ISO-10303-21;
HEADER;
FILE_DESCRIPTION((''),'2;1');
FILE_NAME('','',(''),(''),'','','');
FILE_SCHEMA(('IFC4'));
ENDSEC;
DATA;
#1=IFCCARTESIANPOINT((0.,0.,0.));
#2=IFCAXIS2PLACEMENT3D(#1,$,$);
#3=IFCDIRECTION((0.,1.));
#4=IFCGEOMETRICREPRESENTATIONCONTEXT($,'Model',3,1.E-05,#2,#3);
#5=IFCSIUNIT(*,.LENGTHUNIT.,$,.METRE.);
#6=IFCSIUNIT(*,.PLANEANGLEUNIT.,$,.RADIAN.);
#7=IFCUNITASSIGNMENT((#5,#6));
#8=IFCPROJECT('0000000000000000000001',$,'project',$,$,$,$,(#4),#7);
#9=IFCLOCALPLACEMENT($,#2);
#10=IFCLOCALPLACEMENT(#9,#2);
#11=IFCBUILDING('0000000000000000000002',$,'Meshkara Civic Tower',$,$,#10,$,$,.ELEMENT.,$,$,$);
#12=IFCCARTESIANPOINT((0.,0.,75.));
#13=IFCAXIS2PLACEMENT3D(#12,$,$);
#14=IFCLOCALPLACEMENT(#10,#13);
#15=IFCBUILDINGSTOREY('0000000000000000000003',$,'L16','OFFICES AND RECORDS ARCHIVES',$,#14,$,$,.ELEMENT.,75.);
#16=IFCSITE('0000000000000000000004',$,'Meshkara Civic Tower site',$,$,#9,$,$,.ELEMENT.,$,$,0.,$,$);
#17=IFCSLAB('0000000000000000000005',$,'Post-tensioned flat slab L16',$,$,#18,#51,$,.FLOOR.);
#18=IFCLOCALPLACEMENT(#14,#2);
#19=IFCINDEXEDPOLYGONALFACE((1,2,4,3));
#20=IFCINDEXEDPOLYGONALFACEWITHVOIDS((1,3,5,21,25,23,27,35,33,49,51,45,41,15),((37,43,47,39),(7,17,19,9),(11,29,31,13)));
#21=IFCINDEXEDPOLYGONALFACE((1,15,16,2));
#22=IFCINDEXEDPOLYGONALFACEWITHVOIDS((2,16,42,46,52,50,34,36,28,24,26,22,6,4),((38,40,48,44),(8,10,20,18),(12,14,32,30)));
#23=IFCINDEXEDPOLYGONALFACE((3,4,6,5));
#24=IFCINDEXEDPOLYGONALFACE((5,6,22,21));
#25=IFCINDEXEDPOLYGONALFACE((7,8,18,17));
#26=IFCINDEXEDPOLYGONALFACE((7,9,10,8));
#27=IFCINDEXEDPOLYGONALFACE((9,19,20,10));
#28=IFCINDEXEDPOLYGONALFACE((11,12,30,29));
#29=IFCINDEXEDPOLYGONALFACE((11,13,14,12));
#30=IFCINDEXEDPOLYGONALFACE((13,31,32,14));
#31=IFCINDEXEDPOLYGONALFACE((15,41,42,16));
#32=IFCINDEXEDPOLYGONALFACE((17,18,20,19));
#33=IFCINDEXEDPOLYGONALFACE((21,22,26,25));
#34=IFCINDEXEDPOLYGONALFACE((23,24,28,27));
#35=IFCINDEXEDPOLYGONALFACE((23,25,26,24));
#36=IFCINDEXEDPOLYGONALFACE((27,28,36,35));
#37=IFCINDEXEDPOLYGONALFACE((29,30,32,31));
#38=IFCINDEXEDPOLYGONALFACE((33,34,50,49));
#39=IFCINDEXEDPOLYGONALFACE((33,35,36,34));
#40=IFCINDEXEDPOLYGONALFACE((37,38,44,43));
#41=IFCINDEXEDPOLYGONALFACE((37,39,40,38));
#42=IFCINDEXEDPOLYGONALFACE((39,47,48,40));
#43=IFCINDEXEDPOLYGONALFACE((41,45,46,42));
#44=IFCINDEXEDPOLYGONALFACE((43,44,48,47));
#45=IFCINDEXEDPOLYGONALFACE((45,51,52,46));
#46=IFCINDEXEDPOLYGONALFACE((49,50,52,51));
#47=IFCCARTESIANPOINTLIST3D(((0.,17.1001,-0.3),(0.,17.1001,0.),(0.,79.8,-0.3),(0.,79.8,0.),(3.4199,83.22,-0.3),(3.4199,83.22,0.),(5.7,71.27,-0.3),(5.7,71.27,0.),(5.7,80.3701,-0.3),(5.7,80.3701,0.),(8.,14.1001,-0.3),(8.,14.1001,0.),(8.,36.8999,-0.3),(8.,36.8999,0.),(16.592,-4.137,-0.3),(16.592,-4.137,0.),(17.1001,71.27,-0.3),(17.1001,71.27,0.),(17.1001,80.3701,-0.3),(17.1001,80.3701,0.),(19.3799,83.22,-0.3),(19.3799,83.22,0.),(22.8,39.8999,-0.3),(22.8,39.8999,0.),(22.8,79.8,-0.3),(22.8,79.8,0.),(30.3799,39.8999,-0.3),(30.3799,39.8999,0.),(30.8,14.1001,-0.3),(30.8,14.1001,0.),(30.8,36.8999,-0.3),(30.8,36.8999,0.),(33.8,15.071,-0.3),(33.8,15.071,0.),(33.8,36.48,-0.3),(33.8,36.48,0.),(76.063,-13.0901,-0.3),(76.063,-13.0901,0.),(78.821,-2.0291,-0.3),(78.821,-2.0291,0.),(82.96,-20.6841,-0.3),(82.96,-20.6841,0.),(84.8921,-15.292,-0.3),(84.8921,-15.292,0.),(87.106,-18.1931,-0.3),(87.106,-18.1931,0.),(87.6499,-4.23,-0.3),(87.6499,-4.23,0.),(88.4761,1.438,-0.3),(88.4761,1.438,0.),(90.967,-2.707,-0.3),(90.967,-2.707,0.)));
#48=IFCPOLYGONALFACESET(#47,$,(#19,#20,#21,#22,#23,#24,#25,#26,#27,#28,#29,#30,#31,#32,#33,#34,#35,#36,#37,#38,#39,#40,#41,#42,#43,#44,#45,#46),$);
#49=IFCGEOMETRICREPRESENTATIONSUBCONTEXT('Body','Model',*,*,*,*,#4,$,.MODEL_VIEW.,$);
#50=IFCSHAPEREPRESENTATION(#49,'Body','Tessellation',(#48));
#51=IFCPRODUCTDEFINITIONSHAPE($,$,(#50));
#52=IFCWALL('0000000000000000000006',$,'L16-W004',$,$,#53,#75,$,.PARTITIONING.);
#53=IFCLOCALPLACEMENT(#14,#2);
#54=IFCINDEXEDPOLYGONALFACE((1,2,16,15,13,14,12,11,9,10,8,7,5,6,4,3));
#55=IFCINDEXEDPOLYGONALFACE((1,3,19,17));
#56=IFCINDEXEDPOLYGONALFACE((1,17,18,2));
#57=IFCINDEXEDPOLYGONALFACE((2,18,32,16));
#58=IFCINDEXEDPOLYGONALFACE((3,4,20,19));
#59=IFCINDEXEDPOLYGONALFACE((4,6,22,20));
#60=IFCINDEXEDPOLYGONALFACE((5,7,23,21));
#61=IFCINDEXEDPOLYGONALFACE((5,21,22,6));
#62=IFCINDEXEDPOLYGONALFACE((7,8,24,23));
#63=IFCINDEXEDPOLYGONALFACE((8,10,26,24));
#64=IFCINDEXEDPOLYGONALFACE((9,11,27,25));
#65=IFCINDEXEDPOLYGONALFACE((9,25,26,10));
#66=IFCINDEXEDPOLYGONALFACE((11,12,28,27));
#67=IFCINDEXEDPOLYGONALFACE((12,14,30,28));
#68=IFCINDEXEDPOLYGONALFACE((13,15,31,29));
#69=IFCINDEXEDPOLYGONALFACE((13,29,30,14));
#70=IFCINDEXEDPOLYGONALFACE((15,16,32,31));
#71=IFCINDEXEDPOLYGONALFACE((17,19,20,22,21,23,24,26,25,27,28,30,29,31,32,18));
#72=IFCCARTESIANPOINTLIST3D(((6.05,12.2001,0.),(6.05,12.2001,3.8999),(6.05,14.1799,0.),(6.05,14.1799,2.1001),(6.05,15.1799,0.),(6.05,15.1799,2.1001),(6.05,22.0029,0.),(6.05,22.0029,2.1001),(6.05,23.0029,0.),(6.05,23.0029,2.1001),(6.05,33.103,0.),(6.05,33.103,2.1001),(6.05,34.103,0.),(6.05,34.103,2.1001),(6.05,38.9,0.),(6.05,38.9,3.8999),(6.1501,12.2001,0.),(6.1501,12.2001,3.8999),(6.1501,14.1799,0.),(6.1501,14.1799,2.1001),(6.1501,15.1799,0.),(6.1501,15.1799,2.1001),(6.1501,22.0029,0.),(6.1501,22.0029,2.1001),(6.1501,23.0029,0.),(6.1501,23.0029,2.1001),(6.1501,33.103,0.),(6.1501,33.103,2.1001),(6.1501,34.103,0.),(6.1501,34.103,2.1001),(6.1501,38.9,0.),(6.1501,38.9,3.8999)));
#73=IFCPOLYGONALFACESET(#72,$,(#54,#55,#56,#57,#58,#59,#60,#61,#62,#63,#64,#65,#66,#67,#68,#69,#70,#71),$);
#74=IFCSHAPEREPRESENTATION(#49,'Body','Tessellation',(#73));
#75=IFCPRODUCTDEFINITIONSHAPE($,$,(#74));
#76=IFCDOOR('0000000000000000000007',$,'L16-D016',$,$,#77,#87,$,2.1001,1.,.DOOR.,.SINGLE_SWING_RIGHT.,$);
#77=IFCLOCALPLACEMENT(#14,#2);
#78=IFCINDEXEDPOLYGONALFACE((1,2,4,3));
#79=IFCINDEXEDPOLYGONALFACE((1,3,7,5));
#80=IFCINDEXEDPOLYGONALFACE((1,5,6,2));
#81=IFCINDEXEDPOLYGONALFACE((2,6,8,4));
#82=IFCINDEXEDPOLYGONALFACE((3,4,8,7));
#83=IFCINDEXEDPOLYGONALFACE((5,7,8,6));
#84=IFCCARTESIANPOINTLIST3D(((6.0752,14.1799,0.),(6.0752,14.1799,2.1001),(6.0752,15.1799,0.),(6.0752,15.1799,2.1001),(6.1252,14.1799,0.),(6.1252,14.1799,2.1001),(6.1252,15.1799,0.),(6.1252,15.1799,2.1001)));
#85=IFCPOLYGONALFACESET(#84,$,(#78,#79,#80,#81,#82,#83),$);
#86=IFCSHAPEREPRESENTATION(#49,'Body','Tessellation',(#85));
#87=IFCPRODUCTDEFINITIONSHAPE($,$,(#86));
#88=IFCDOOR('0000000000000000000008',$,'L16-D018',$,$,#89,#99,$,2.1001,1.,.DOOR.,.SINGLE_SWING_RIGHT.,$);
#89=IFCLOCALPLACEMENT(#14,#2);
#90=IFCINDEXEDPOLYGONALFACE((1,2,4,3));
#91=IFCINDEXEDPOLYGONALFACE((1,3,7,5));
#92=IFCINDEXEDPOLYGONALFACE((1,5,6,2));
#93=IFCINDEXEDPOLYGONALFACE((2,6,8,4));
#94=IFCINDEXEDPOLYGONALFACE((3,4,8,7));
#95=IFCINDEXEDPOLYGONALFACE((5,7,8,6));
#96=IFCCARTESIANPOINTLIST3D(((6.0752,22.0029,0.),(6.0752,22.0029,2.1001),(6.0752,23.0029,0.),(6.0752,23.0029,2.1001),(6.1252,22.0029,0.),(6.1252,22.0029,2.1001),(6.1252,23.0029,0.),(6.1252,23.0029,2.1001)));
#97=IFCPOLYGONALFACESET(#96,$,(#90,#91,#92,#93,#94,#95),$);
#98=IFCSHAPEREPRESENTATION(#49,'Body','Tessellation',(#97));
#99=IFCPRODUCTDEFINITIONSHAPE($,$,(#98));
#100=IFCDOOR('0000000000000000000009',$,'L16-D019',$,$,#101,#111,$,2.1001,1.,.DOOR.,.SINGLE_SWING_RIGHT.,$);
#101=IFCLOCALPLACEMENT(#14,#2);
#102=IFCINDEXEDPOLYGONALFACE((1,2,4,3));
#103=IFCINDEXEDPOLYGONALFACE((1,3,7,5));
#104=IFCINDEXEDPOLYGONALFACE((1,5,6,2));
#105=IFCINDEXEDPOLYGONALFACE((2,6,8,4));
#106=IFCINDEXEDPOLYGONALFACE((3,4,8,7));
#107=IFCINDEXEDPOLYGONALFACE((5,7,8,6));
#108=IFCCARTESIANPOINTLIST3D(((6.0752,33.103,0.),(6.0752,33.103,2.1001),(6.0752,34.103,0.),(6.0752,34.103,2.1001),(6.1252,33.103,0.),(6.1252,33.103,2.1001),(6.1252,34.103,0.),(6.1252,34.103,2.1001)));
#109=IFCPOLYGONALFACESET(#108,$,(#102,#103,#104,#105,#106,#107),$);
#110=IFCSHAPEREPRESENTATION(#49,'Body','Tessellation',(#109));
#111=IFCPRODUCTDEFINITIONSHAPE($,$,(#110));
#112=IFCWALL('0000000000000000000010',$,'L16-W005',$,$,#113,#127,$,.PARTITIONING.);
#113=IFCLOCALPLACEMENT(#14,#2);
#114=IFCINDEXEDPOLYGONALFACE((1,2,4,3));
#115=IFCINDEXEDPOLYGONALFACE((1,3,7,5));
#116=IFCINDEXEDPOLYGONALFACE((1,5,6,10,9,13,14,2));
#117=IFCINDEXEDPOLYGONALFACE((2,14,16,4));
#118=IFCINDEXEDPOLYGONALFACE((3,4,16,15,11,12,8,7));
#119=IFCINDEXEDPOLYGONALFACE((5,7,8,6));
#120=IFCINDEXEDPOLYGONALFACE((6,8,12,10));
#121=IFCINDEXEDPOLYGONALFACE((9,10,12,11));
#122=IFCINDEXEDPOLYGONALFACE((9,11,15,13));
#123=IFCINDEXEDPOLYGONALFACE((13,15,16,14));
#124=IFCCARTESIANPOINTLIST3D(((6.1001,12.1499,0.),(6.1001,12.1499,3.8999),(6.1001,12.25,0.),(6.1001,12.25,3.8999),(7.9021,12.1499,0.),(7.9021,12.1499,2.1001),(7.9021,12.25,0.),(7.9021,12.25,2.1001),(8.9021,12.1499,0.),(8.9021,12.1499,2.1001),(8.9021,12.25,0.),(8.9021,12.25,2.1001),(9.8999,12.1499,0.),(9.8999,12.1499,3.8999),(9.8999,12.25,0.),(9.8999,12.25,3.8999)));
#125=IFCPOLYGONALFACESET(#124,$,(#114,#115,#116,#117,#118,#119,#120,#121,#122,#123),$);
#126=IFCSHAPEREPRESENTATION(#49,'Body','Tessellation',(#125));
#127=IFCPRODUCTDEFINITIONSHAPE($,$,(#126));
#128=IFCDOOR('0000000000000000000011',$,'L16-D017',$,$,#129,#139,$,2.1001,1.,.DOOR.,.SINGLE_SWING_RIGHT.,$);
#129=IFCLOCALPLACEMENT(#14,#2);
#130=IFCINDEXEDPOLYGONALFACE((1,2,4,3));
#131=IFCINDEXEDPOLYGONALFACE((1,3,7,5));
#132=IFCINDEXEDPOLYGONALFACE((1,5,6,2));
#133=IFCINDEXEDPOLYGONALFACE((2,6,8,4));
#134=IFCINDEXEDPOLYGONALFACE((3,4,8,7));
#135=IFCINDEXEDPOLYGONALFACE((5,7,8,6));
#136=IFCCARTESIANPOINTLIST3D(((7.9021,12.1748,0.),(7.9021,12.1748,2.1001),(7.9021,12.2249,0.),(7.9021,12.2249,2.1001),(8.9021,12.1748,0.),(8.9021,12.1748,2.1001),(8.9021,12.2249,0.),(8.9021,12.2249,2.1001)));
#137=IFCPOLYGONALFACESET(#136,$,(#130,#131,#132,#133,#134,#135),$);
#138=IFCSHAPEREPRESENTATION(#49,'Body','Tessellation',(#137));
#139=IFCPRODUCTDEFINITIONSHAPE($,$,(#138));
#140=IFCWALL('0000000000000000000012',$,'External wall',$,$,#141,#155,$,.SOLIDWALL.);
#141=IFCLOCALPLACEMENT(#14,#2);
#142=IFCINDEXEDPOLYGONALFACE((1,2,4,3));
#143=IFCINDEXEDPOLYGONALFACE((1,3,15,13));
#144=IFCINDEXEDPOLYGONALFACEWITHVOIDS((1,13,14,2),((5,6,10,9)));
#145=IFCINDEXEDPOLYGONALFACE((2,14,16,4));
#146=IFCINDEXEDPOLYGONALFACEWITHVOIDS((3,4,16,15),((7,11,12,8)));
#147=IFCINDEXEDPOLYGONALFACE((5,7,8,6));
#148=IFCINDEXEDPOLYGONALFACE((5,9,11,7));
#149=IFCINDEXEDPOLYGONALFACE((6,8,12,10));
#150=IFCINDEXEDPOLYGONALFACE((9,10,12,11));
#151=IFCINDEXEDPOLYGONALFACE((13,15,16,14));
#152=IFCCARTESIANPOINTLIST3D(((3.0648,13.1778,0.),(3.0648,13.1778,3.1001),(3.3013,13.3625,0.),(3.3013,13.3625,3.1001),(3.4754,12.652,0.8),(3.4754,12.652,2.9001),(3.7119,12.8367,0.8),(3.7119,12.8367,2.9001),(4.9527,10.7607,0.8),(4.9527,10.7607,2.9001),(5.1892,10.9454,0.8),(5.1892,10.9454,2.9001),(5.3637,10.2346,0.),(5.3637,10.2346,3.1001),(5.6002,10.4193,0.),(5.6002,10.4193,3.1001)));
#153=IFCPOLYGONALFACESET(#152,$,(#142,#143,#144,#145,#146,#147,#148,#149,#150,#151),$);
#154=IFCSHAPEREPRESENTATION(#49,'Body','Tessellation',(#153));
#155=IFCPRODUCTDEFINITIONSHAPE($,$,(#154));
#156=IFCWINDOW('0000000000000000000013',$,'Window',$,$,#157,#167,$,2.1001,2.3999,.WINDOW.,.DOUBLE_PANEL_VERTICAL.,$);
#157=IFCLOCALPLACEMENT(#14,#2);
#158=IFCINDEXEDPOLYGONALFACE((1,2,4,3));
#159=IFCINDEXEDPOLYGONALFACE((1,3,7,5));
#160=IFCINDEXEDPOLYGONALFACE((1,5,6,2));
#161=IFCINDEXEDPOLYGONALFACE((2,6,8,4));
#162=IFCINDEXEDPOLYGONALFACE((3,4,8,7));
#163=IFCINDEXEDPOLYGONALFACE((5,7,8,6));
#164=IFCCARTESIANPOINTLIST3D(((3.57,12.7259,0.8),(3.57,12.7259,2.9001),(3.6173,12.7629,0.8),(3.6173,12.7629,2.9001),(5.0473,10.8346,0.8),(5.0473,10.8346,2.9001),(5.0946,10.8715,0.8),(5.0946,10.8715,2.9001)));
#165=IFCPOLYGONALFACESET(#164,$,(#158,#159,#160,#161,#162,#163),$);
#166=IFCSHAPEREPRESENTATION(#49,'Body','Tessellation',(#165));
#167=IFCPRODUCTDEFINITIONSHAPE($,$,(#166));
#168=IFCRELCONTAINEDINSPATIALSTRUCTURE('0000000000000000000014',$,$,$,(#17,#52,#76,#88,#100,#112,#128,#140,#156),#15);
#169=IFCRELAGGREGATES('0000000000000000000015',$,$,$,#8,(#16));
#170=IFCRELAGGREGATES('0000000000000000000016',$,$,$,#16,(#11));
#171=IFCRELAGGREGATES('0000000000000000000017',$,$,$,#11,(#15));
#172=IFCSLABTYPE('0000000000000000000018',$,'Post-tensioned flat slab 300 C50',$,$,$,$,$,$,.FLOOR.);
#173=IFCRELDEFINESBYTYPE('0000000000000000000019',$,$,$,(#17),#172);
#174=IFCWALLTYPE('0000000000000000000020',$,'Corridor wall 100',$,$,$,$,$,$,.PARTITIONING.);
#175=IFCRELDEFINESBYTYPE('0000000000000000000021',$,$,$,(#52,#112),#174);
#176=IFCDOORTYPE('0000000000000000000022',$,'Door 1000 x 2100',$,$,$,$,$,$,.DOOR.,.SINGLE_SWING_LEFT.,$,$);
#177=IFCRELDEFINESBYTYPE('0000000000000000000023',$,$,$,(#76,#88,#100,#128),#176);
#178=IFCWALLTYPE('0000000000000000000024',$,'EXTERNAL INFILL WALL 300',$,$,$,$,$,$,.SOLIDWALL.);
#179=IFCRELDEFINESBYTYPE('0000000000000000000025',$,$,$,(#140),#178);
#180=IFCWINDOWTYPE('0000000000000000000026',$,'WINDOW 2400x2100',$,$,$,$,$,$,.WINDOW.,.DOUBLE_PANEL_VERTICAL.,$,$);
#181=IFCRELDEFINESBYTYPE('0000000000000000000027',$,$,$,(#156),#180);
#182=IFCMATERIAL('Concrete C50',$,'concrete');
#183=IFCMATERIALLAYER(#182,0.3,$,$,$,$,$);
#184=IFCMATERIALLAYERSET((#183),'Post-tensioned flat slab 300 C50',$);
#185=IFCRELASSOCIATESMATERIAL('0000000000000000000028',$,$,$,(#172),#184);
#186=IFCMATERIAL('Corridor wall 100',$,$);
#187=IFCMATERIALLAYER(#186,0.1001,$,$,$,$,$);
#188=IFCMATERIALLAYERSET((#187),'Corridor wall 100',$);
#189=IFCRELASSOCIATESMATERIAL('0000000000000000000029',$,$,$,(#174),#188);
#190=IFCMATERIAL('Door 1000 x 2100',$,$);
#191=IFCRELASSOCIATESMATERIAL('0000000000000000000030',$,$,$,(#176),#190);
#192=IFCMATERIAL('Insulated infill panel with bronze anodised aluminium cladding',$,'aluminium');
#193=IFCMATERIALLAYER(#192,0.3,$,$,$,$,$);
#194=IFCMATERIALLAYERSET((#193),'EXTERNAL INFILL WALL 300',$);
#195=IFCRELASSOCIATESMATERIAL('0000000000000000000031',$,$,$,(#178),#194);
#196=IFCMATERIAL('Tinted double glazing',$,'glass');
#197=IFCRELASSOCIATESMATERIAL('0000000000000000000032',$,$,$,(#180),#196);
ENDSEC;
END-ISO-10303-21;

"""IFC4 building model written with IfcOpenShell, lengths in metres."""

from ifc_helpers import new_model, si_unit, direction, frame, frame_2d, origin, place, context, subcontext, project, spatial, polyline, rectangle, outline, extrude, material, layer, layer_set, type_object, element, fill, save


model = new_model("IFC4")

# Units and contexts
model_context = context("Model", 3, precision=1e-05, world=origin(), true_north=direction((0.0, 1.0)))
body_context = subcontext(model_context, "Body", "Model", "MODEL_VIEW")
ifc_project = project(units=[si_unit("LENGTHUNIT", "METRE"), si_unit("PLANEANGLEUNIT", "RADIAN")], contexts=[model_context])

# Site, building, storey
site_placement = place(None, origin())
site = spatial("IfcSite", under=ifc_project, at=site_placement, Name="Meshkara Civic Tower site", CompositionType="ELEMENT", RefElevation=0.0)
building_placement = place(site_placement, origin())
building = spatial("IfcBuilding", under=site, at=building_placement, Name="Meshkara Civic Tower", CompositionType="ELEMENT")
storey_placement = place(building_placement, frame((0.0, 0.0, 75.0)))
storey = spatial("IfcBuildingStorey", under=building, at=storey_placement, Name="L16", Description="OFFICES AND RECORDS ARCHIVES", CompositionType="ELEMENT", Elevation=75.0)

# Slab
ifc_material_1 = material(Name="Concrete C50", Category="concrete")
ifc_layer_1 = layer(ifc_material_1, 0.3)
ifc_layer_set_1 = layer_set([ifc_layer_1], Name="Post-tensioned flat slab 300 C50")
slab_type_1 = type_object("IfcSlabType", Name="Post-tensioned flat slab 300 C50", PredefinedType="FLOOR", material=ifc_layer_set_1)
slab_1_placement = place(storey_placement, frame((0.0, 0.0, -0.3)))
element("IfcSlab", 1, at=slab_1_placement, inside=storey, type_object=slab_type_1, Name="Post-tensioned flat slab L16", PredefinedType="FLOOR", context=body_context, shape_type="SweptSolid", body=[
    extrude(outline(polyline([(87.106, -18.1931), (82.96, -20.6841), (16.592, -4.137), (0.0, 17.1001), (0.0, 79.8), (3.4199, 83.22), (19.3799, 83.22), (22.8, 79.8), (22.8, 39.8999), (30.3799, 39.8999), (33.8, 36.48), (33.8, 15.071), (88.4761, 1.438), (90.967, -2.707), (87.106, -18.1931)]), holes=[polyline([(84.8921, -15.292), (87.6499, -4.23), (78.821, -2.0291), (76.063, -13.0901), (84.8921, -15.292)]), polyline([(8.0, 14.1001), (30.8, 14.1001), (30.8, 36.8999), (8.0, 36.8999), (8.0, 14.1001)]), polyline([(5.7, 80.3701), (5.7, 71.27), (17.1001, 71.27), (17.1001, 80.3701), (5.7, 80.3701)])]), origin(), (0.0, 0.0, 1.0), 0.3),
])

# Wall, openings, doors
ifc_material_2 = material(Name="Corridor wall 100")
ifc_layer_2 = layer(ifc_material_2, 0.1001)
ifc_layer_set_2 = layer_set([ifc_layer_2], Name="Corridor wall 100")
wall_type_1 = type_object("IfcWallType", Name="Corridor wall 100", PredefinedType="PARTITIONING", material=ifc_layer_set_2)
wall_1_placement = place(storey_placement, frame((6.1001, 12.2, 0.0), z_axis=(0.0, 0.0, 1.0), x_axis=(0.0, 1.0, 0.0)))
wall_1 = element("IfcWall", 2, at=wall_1_placement, inside=storey, type_object=wall_type_1, Name="L16-W004", PredefinedType="PARTITIONING", context=body_context, shape_type="SweptSolid", body=[
    extrude(rectangle(XDim=26.7, YDim=0.1001, at=frame_2d((13.3501, 0.0))), origin(), (0.0, 0.0, 1.0), 3.8999),
])
opening_1_placement = place(wall_1_placement, frame((1.98, 0.0, 0.0)))
opening_1 = element("IfcOpeningElement", 3, at=opening_1_placement, cuts=wall_1, PredefinedType="OPENING", context=body_context, shape_type="SweptSolid", body=[
    extrude(rectangle(XDim=1.0, YDim=2.1001, at=frame_2d((0.5, 1.05))), frame((0.0, 0.0601, 0.0), z_axis=(0.0, -1.0, 0.0), x_axis=(1.0, 0.0, 0.0)), (0.0, 0.0, 1.0), 0.1201),
])
opening_2_placement = place(wall_1_placement, frame((9.803, 0.0, 0.0)))
opening_2 = element("IfcOpeningElement", 4, at=opening_2_placement, cuts=wall_1, PredefinedType="OPENING", context=body_context, shape_type="SweptSolid", body=[
    extrude(rectangle(XDim=1.0, YDim=2.1001, at=frame_2d((0.5, 1.05))), frame((0.0, 0.0601, 0.0), z_axis=(0.0, -1.0, 0.0), x_axis=(1.0, 0.0, 0.0)), (0.0, 0.0, 1.0), 0.1201),
])
opening_3_placement = place(wall_1_placement, frame((20.9031, 0.0, 0.0)))
opening_3 = element("IfcOpeningElement", 5, at=opening_3_placement, cuts=wall_1, PredefinedType="OPENING", context=body_context, shape_type="SweptSolid", body=[
    extrude(rectangle(XDim=1.0, YDim=2.1001, at=frame_2d((0.5, 1.05))), frame((0.0, 0.0601, 0.0), z_axis=(0.0, -1.0, 0.0), x_axis=(1.0, 0.0, 0.0)), (0.0, 0.0, 1.0), 0.1201),
])
ifc_material_3 = material(Name="Door 1000 x 2100")
door_type = type_object("IfcDoorType", Name="Door 1000 x 2100", OperationType="SINGLE_SWING_LEFT", PredefinedType="DOOR", material=ifc_material_3)
door_1_placement = place(opening_1_placement, origin())
door_1 = element("IfcDoor", 6, at=door_1_placement, inside=storey, type_object=door_type, Name="L16-D016", OperationType="SINGLE_SWING_RIGHT", OverallHeight=2.1001, OverallWidth=1.0, PredefinedType="DOOR", context=body_context, shape_type="SweptSolid", body=[
    extrude(rectangle(XDim=1.0, YDim=2.1001, at=frame_2d((0.5, 1.05))), frame((0.0, 0.0249, 0.0), z_axis=(0.0, -1.0, 0.0), x_axis=(1.0, 0.0, 0.0)), (0.0, 0.0, 1.0), 0.05),
])
fill(opening_1, door_1)
door_2_placement = place(opening_2_placement, origin())
door_2 = element("IfcDoor", 7, at=door_2_placement, inside=storey, type_object=door_type, Name="L16-D018", OperationType="SINGLE_SWING_RIGHT", OverallHeight=2.1001, OverallWidth=1.0, PredefinedType="DOOR", context=body_context, shape_type="SweptSolid", body=[
    extrude(rectangle(XDim=1.0, YDim=2.1001, at=frame_2d((0.5, 1.05))), frame((0.0, 0.0249, 0.0), z_axis=(0.0, -1.0, 0.0), x_axis=(1.0, 0.0, 0.0)), (0.0, 0.0, 1.0), 0.05),
])
fill(opening_2, door_2)
door_3_placement = place(opening_3_placement, origin())
door_3 = element("IfcDoor", 8, at=door_3_placement, inside=storey, type_object=door_type, Name="L16-D019", OperationType="SINGLE_SWING_RIGHT", OverallHeight=2.1001, OverallWidth=1.0, PredefinedType="DOOR", context=body_context, shape_type="SweptSolid", body=[
    extrude(rectangle(XDim=1.0, YDim=2.1001, at=frame_2d((0.5, 1.05))), frame((0.0, 0.0249, 0.0), z_axis=(0.0, -1.0, 0.0), x_axis=(1.0, 0.0, 0.0)), (0.0, 0.0, 1.0), 0.05),
])
fill(opening_3, door_3)

# Wall, opening, door
wall_2_placement = place(storey_placement, frame((6.1001, 12.2, 0.0), z_axis=(0.0, 0.0, 1.0), x_axis=(1.0, 0.0, 0.0)))
wall_2 = element("IfcWall", 9, at=wall_2_placement, inside=storey, type_object=wall_type_1, Name="L16-W005", PredefinedType="PARTITIONING", context=body_context, shape_type="SweptSolid", body=[
    extrude(rectangle(XDim=3.7998, YDim=0.1001, at=frame_2d((1.8999, 0.0))), origin(), (0.0, 0.0, 1.0), 3.8999),
])
opening_4_placement = place(wall_2_placement, frame((1.802, 0.0, 0.0)))
opening_4 = element("IfcOpeningElement", 10, at=opening_4_placement, cuts=wall_2, PredefinedType="OPENING", context=body_context, shape_type="SweptSolid", body=[
    extrude(rectangle(XDim=1.0, YDim=2.1001, at=frame_2d((0.5, 1.05))), frame((0.0, 0.0601, 0.0), z_axis=(0.0, -1.0, 0.0), x_axis=(1.0, 0.0, 0.0)), (0.0, 0.0, 1.0), 0.1201),
])
door_4_placement = place(opening_4_placement, origin())
door_4 = element("IfcDoor", 11, at=door_4_placement, inside=storey, type_object=door_type, Name="L16-D017", OperationType="SINGLE_SWING_RIGHT", OverallHeight=2.1001, OverallWidth=1.0, PredefinedType="DOOR", context=body_context, shape_type="SweptSolid", body=[
    extrude(rectangle(XDim=1.0, YDim=2.1001, at=frame_2d((0.5, 1.05))), frame((0.0, 0.0249, 0.0), z_axis=(0.0, -1.0, 0.0), x_axis=(1.0, 0.0, 0.0)), (0.0, 0.0, 1.0), 0.05),
])
fill(opening_4, door_4)

# Wall, opening, window
ifc_material_4 = material(Name="Insulated infill panel with bronze anodised aluminium cladding", Category="aluminium")
ifc_layer_3 = layer(ifc_material_4, 0.3)
ifc_layer_set_3 = layer_set([ifc_layer_3], Name="EXTERNAL INFILL WALL 300")
wall_type_2 = type_object("IfcWallType", Name="EXTERNAL INFILL WALL 300", PredefinedType="SOLIDWALL", material=ifc_layer_set_3)
wall_3_placement = place(storey_placement, frame((3.1831, 13.27, 0.0), z_axis=(0.0, 0.0, 1.0), x_axis=(0.615564, -0.788087, 0.0)))
wall_3 = element("IfcWall", 12, at=wall_3_placement, inside=storey, type_object=wall_type_2, Name="External wall", PredefinedType="SOLIDWALL", context=body_context, shape_type="SweptSolid", body=[
    extrude(rectangle(XDim=3.7346, YDim=0.3, at=frame_2d((1.8672, 0.0))), origin(), (0.0, 0.0, 1.0), 3.1001),
])
opening_5_placement = place(wall_3_placement, frame((0.667, 0.0, 0.8)))
opening_5 = element("IfcOpeningElement", 13, at=opening_5_placement, cuts=wall_3, PredefinedType="OPENING", context=body_context, shape_type="SweptSolid", body=[
    extrude(rectangle(XDim=2.3999, YDim=2.1001, at=frame_2d((1.2, 1.05))), frame((0.0, 0.1599, 0.0), z_axis=(0.0, -1.0, 0.0), x_axis=(1.0, 0.0, 0.0)), (0.0, 0.0, 1.0), 0.3201),
])
ifc_material_5 = material(Name="Tinted double glazing", Category="glass")
window_type = type_object("IfcWindowType", Name="WINDOW 2400x2100", PartitioningType="DOUBLE_PANEL_VERTICAL", PredefinedType="WINDOW", material=ifc_material_5)
window_placement = place(opening_5_placement, origin())
window = element("IfcWindow", 14, at=window_placement, inside=storey, type_object=window_type, Name="Window", OverallHeight=2.1001, OverallWidth=2.3999, PartitioningType="DOUBLE_PANEL_VERTICAL", PredefinedType="WINDOW", context=body_context, shape_type="SweptSolid", body=[
    extrude(rectangle(XDim=2.3999, YDim=2.1001, at=frame_2d((1.2, 1.05))), frame((0.0, 0.03, 0.0), z_axis=(0.0, -1.0, 0.0), x_axis=(1.0, 0.0, 0.0)), (0.0, 0.0, 1.0), 0.0601),
])
fill(opening_5, window)

save(model, "model.ifc")
